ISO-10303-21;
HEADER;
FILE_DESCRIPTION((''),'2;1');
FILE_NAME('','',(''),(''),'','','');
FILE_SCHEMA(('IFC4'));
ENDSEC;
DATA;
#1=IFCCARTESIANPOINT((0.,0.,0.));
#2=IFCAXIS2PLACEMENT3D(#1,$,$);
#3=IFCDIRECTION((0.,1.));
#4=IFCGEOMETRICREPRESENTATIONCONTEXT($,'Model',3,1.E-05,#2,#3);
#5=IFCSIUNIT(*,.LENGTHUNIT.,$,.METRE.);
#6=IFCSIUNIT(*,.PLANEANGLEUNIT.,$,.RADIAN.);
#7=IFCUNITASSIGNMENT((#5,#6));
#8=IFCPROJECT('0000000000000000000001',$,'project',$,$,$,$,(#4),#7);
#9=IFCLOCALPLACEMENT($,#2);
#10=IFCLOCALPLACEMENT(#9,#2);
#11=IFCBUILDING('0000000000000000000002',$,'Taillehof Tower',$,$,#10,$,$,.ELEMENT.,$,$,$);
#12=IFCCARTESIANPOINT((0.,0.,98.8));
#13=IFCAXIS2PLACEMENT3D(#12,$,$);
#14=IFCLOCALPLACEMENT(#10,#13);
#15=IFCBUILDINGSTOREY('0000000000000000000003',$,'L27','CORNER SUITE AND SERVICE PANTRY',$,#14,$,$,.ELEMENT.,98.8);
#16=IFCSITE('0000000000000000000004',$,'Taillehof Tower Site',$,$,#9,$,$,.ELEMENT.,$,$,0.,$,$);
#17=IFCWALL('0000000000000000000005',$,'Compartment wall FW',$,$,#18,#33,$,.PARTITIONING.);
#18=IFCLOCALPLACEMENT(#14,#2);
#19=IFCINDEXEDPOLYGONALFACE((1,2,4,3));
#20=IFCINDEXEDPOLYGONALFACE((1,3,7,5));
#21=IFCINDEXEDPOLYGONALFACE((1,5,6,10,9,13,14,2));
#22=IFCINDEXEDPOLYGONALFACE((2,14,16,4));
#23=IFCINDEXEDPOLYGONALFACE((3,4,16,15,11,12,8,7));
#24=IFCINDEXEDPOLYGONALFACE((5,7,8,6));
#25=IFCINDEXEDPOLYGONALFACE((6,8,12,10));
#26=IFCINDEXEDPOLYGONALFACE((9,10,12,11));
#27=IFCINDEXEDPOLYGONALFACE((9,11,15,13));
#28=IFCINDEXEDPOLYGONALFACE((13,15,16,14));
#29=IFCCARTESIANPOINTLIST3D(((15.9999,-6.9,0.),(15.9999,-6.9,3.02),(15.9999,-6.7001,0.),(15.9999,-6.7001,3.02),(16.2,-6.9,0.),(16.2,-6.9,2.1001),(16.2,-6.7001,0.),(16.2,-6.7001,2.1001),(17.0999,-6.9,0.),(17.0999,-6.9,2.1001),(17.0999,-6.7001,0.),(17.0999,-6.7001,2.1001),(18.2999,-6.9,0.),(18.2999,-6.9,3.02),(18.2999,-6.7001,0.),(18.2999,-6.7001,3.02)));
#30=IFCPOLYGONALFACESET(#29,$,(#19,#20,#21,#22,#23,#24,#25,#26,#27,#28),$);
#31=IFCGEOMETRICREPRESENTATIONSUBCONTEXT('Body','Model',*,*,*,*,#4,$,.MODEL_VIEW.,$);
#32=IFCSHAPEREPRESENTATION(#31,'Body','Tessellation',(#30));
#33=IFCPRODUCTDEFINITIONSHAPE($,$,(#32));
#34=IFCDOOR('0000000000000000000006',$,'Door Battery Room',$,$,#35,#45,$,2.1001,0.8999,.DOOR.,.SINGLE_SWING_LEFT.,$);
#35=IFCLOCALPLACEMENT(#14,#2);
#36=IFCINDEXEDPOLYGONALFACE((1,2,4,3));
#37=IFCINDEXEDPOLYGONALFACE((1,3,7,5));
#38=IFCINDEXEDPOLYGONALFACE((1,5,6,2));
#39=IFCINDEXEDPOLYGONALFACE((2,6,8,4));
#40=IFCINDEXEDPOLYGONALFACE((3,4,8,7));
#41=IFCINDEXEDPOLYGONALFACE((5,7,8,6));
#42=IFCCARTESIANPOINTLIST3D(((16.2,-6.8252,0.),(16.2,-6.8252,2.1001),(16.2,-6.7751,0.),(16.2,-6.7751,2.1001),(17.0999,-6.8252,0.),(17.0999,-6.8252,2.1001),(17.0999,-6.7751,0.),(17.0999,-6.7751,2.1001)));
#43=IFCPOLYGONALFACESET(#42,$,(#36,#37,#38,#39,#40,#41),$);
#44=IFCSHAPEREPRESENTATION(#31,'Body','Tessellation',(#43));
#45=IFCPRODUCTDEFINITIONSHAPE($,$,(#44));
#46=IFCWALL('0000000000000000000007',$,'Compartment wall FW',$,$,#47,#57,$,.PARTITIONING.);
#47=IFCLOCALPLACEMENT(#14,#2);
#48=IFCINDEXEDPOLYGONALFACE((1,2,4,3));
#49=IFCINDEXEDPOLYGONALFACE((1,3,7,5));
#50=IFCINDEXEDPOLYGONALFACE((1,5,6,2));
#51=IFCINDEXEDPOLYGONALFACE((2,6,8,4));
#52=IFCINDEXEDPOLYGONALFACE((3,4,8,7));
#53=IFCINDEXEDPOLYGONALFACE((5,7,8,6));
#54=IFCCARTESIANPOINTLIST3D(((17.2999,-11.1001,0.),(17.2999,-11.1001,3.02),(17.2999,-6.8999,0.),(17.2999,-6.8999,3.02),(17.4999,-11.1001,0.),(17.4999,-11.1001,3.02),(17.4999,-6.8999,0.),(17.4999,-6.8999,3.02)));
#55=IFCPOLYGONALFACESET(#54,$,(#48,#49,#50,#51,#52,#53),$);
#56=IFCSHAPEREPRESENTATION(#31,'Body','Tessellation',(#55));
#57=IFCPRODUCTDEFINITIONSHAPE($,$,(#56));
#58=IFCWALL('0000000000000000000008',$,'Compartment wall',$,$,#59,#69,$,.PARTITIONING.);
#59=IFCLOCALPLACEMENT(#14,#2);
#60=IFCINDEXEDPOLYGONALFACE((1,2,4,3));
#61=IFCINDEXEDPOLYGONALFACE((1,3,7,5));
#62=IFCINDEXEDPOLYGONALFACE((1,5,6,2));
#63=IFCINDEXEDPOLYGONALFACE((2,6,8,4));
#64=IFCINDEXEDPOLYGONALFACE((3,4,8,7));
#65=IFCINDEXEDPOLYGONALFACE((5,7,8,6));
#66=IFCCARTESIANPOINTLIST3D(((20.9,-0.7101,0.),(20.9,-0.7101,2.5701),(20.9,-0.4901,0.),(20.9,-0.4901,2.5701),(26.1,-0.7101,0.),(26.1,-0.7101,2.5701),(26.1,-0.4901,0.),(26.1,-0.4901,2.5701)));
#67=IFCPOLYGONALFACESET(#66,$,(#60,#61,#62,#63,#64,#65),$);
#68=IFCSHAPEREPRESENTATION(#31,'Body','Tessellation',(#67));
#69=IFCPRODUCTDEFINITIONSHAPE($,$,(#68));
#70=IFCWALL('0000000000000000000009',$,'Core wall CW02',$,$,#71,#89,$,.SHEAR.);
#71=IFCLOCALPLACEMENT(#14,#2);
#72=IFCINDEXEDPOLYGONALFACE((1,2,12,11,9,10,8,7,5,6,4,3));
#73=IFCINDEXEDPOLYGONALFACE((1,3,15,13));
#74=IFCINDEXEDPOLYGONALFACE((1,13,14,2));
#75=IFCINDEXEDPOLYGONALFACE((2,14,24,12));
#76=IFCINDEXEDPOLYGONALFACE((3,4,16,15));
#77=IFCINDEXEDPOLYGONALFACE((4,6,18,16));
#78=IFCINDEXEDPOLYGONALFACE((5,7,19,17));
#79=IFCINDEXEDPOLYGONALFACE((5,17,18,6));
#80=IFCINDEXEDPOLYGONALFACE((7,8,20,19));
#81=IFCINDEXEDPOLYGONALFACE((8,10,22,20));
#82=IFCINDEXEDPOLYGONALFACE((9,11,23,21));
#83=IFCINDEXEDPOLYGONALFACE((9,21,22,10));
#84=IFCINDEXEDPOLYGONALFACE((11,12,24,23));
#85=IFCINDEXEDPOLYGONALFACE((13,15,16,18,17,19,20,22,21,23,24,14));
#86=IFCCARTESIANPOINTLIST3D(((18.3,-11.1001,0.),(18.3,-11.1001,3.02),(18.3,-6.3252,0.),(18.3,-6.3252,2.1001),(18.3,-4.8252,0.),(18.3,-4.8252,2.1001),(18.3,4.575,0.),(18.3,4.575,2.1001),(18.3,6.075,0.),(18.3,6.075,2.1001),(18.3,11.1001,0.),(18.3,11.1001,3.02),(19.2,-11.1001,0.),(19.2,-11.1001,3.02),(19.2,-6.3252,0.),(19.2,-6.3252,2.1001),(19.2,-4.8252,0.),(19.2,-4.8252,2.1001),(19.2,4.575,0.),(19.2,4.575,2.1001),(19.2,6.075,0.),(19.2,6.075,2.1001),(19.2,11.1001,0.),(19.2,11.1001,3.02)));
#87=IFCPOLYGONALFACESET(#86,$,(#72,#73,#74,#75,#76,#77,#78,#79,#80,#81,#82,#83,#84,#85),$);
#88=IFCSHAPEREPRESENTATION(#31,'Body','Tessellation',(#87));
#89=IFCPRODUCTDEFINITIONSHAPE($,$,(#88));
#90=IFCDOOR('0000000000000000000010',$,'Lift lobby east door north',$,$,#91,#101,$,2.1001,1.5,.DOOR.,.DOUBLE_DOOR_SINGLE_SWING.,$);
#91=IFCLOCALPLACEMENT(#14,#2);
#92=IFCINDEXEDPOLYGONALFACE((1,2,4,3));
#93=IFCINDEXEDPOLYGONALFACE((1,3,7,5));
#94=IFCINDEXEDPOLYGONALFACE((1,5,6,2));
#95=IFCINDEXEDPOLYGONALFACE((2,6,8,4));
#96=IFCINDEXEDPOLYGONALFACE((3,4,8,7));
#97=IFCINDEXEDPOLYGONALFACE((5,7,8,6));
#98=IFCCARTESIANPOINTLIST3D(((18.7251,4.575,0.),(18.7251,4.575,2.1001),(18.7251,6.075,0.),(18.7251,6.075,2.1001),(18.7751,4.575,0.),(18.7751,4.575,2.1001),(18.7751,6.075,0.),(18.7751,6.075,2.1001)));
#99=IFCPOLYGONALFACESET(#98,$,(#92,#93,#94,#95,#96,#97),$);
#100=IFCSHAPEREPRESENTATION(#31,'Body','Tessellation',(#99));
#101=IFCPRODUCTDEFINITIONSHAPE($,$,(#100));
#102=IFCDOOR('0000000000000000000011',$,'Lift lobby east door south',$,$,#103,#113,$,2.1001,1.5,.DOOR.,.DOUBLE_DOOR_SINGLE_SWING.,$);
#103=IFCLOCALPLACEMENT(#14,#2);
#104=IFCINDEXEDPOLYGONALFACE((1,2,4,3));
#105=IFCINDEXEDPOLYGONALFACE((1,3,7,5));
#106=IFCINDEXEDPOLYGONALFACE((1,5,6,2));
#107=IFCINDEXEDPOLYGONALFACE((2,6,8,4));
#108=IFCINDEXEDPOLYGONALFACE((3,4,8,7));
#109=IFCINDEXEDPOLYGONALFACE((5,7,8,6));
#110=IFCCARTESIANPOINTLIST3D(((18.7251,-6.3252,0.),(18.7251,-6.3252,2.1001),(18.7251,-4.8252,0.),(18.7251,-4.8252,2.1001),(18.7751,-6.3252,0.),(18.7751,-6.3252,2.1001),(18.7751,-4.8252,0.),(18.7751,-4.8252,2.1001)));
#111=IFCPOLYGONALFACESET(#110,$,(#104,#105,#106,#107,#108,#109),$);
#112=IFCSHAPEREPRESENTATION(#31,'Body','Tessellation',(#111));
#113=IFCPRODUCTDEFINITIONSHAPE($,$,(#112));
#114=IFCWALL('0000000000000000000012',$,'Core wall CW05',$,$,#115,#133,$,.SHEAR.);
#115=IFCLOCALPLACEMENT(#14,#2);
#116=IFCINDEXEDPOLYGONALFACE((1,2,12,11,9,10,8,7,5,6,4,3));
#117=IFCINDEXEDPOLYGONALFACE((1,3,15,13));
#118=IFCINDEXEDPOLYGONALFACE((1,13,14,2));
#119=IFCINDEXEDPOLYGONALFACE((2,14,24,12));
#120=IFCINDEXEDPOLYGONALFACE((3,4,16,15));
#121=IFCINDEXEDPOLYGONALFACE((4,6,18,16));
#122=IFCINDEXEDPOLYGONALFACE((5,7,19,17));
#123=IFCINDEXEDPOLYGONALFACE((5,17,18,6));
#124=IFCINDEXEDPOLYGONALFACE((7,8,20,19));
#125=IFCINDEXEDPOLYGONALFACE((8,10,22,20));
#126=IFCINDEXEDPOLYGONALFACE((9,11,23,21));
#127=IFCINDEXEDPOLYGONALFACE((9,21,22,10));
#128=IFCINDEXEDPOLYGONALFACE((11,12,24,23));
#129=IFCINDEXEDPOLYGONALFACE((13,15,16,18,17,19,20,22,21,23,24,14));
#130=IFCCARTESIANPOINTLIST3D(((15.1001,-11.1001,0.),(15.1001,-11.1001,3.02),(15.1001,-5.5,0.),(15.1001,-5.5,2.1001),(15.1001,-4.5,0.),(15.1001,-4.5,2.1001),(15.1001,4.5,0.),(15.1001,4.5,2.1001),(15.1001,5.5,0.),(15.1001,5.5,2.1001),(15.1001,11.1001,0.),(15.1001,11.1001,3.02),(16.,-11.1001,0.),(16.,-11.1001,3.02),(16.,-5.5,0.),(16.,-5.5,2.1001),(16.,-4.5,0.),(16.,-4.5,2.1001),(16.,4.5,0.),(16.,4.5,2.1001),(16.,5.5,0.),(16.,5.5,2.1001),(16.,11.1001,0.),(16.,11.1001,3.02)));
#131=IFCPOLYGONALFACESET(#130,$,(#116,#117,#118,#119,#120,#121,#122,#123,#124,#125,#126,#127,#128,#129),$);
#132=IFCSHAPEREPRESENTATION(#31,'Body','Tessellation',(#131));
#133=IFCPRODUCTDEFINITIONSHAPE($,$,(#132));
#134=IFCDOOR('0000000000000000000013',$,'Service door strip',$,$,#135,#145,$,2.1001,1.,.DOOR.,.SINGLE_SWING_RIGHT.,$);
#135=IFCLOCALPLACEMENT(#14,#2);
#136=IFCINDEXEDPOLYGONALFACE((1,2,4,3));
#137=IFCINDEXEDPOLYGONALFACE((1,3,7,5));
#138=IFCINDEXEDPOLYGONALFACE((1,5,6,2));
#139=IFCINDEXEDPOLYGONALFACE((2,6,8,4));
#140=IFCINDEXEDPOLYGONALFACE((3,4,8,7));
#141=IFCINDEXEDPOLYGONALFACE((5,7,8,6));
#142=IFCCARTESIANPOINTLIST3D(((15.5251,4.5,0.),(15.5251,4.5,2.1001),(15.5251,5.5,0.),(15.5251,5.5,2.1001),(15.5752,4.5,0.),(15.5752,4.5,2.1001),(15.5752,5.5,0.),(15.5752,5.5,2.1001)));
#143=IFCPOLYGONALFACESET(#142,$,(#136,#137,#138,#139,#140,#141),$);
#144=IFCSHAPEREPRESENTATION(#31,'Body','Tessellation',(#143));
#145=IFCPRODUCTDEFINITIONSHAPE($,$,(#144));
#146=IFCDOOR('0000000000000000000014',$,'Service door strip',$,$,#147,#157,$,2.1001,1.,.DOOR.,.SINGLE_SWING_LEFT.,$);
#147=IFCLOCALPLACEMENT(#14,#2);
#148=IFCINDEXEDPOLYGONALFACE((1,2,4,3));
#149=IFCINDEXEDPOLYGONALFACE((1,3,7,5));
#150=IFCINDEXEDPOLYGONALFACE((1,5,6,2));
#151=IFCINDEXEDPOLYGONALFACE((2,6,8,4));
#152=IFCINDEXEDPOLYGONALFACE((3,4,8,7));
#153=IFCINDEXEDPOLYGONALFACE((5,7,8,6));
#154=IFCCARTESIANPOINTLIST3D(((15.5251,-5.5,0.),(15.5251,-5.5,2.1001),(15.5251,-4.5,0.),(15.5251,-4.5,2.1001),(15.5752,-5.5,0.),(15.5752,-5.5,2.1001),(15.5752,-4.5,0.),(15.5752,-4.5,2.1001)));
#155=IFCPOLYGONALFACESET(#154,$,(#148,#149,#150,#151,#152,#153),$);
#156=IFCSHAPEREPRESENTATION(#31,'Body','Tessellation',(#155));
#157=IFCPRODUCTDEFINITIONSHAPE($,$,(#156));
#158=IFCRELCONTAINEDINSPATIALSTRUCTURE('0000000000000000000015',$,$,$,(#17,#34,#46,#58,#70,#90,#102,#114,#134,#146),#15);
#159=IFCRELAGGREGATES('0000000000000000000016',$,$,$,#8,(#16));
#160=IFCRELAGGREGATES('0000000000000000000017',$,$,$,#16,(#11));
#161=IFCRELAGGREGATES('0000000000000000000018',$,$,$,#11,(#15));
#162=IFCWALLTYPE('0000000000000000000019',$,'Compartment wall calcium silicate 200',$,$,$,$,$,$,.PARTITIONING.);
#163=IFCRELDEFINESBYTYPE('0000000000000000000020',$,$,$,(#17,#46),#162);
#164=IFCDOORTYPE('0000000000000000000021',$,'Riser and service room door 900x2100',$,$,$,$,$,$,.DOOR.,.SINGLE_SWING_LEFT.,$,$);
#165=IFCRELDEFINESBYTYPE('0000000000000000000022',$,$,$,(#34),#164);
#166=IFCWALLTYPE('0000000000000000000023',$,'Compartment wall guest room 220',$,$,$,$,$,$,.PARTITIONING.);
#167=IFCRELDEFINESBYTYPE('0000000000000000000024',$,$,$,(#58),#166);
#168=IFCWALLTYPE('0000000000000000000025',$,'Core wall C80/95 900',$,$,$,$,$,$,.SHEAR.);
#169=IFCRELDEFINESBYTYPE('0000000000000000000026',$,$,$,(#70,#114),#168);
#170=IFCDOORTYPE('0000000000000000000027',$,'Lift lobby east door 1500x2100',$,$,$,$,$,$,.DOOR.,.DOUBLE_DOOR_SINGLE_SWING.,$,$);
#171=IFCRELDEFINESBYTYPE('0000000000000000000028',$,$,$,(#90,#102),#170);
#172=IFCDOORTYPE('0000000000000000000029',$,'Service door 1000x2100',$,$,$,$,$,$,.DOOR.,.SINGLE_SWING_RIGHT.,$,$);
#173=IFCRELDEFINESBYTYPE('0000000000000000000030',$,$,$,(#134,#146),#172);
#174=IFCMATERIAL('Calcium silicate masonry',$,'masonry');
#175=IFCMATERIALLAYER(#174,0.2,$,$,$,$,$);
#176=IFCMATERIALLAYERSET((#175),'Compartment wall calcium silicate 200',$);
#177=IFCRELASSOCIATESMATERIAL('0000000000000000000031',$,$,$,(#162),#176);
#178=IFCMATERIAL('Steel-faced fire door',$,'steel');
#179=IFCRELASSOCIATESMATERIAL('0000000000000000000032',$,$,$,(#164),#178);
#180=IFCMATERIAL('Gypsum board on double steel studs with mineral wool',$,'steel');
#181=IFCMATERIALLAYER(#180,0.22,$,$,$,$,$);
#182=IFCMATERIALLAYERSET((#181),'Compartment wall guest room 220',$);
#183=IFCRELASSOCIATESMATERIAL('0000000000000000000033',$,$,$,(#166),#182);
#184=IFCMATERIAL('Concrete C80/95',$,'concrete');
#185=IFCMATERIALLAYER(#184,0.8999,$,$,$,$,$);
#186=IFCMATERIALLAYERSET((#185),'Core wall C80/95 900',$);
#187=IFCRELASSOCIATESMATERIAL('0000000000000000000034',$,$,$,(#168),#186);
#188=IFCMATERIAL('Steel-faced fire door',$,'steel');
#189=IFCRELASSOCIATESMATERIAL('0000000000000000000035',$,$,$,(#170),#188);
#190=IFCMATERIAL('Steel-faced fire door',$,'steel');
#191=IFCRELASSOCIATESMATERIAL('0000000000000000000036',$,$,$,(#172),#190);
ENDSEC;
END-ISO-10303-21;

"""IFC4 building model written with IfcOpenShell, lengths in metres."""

from ifc_helpers import new_model, si_unit, direction, frame, frame_2d, origin, place, context, subcontext, project, spatial, rectangle, extrude, material, layer, layer_set, type_object, element, fill, save


model = new_model("IFC4")

# Units and contexts
model_context = context("Model", 3, precision=1e-05, world=origin(), true_north=direction((0.0, 1.0)))
body_context = subcontext(model_context, "Body", "Model", "MODEL_VIEW")
ifc_project = project(units=[si_unit("LENGTHUNIT", "METRE"), si_unit("PLANEANGLEUNIT", "RADIAN")], contexts=[model_context])

# Site, building, storey
site_placement = place(None, origin())
site = spatial("IfcSite", under=ifc_project, at=site_placement, Name="Taillehof Tower Site", CompositionType="ELEMENT", RefElevation=0.0)
building_placement = place(site_placement, origin())
building = spatial("IfcBuilding", under=site, at=building_placement, Name="Taillehof Tower", CompositionType="ELEMENT")
storey_placement = place(building_placement, frame((0.0, 0.0, 98.8)))
storey = spatial("IfcBuildingStorey", under=building, at=storey_placement, Name="L27", Description="CORNER SUITE AND SERVICE PANTRY", CompositionType="ELEMENT", Elevation=98.8)

# Shared definitions
ifc_material_1 = material(Name="Calcium silicate masonry", Category="masonry")
ifc_layer_1 = layer(ifc_material_1, 0.2)
ifc_layer_set_1 = layer_set([ifc_layer_1], Name="Compartment wall calcium silicate 200")
wall_type_1 = type_object("IfcWallType", Name="Compartment wall calcium silicate 200", PredefinedType="PARTITIONING", material=ifc_layer_set_1)

# Wall, opening, door
wall_1_placement = place(storey_placement, frame((16.0, -6.8, 0.0), z_axis=(0.0, 0.0, 1.0), x_axis=(1.0, 0.0, 0.0)))
wall_1 = element("IfcWall", 1, at=wall_1_placement, inside=storey, type_object=wall_type_1, Name="Compartment wall FW", PredefinedType="PARTITIONING", context=body_context, shape_type="SweptSolid", body=[
    extrude(rectangle(XDim=2.3, YDim=0.2, at=frame_2d((1.1499, 0.0))), origin(), (0.0, 0.0, 1.0), 3.02),
])
opening_1_placement = place(wall_1_placement, frame((0.2, 0.0, 0.0)))
opening_1 = element("IfcOpeningElement", 2, at=opening_1_placement, cuts=wall_1, PredefinedType="OPENING", context=body_context, shape_type="SweptSolid", body=[
    extrude(rectangle(XDim=0.8999, YDim=2.1001, at=frame_2d((0.45, 1.05))), frame((0.0, 0.1099, 0.0), z_axis=(0.0, -1.0, 0.0), x_axis=(1.0, 0.0, 0.0)), (0.0, 0.0, 1.0), 0.22),
])
ifc_material_2 = material(Name="Steel-faced fire door", Category="steel")
door_type_1 = type_object("IfcDoorType", Name="Riser and service room door 900x2100", OperationType="SINGLE_SWING_LEFT", PredefinedType="DOOR", material=ifc_material_2)
door_1_placement = place(opening_1_placement, origin())
door_1 = element("IfcDoor", 3, at=door_1_placement, inside=storey, type_object=door_type_1, Name="Door Battery Room", OperationType="SINGLE_SWING_LEFT", OverallHeight=2.1001, OverallWidth=0.8999, PredefinedType="DOOR", context=body_context, shape_type="SweptSolid", body=[
    extrude(rectangle(XDim=0.8999, YDim=2.1001, at=frame_2d((0.45, 1.05))), frame((0.0, 0.0249, 0.0), z_axis=(0.0, -1.0, 0.0), x_axis=(1.0, 0.0, 0.0)), (0.0, 0.0, 1.0), 0.05),
])
fill(opening_1, door_1)

# Walls
wall_2_placement = place(storey_placement, frame((17.3999, -11.1001, 0.0), z_axis=(0.0, 0.0, 1.0), x_axis=(0.0, 1.0, 0.0)))
element("IfcWall", 4, at=wall_2_placement, inside=storey, type_object=wall_type_1, Name="Compartment wall FW", PredefinedType="PARTITIONING", context=body_context, shape_type="SweptSolid", body=[
    extrude(rectangle(XDim=4.2002, YDim=0.2, at=frame_2d((2.1001, 0.0))), origin(), (0.0, 0.0, 1.0), 3.02),
])
ifc_material_3 = material(Name="Gypsum board on double steel studs with mineral wool", Category="steel")
ifc_layer_2 = layer(ifc_material_3, 0.22)
ifc_layer_set_2 = layer_set([ifc_layer_2], Name="Compartment wall guest room 220")
wall_type_2 = type_object("IfcWallType", Name="Compartment wall guest room 220", PredefinedType="PARTITIONING", material=ifc_layer_set_2)
wall_3_placement = place(storey_placement, frame((26.1001, -0.6001, 0.0), z_axis=(0.0, 0.0, 1.0), x_axis=(-1.0, 0.0, 0.0)))
element("IfcWall", 5, at=wall_3_placement, inside=storey, type_object=wall_type_2, Name="Compartment wall", PredefinedType="PARTITIONING", context=body_context, shape_type="SweptSolid", body=[
    extrude(rectangle(XDim=5.2, YDim=0.22, at=frame_2d((2.6001, 0.0))), origin(), (0.0, 0.0, 1.0), 2.5701),
])

# Walls, openings, doors
ifc_material_4 = material(Name="Concrete C80/95", Category="concrete")
ifc_layer_3 = layer(ifc_material_4, 0.8999)
ifc_layer_set_3 = layer_set([ifc_layer_3], Name="Core wall C80/95 900")
wall_type_3 = type_object("IfcWallType", Name="Core wall C80/95 900", PredefinedType="SHEAR", material=ifc_layer_set_3)
wall_4_placement = place(storey_placement, frame((18.75, -11.1001, 0.0), z_axis=(0.0, 0.0, 1.0), x_axis=(0.0, 1.0, 0.0)))
wall_4 = element("IfcWall", 6, at=wall_4_placement, inside=storey, type_object=wall_type_3, Name="Core wall CW02", PredefinedType="SHEAR", context=body_context, shape_type="SweptSolid", body=[
    extrude(rectangle(XDim=22.2002, YDim=0.8999, at=frame_2d((11.1001, 0.0))), origin(), (0.0, 0.0, 1.0), 3.02),
])
opening_2_placement = place(wall_4_placement, frame((15.675, 0.0, 0.0)))
opening_2 = element("IfcOpeningElement", 7, at=opening_2_placement, cuts=wall_4, PredefinedType="OPENING", context=body_context, shape_type="SweptSolid", body=[
    extrude(rectangle(XDim=1.5, YDim=2.1001, at=frame_2d((0.75, 1.05))), frame((0.0, 0.46, 0.0), z_axis=(0.0, -1.0, 0.0), x_axis=(1.0, 0.0, 0.0)), (0.0, 0.0, 1.0), 0.9199),
])
opening_3_placement = place(wall_4_placement, frame((4.7749, 0.0, 0.0)))
opening_3 = element("IfcOpeningElement", 8, at=opening_3_placement, cuts=wall_4, PredefinedType="OPENING", context=body_context, shape_type="SweptSolid", body=[
    extrude(rectangle(XDim=1.5, YDim=2.1001, at=frame_2d((0.75, 1.05))), frame((0.0, 0.46, 0.0), z_axis=(0.0, -1.0, 0.0), x_axis=(1.0, 0.0, 0.0)), (0.0, 0.0, 1.0), 0.9199),
])
ifc_material_5 = material(Name="Steel-faced fire door", Category="steel")
door_type_2 = type_object("IfcDoorType", Name="Lift lobby east door 1500x2100", OperationType="DOUBLE_DOOR_SINGLE_SWING", PredefinedType="DOOR", material=ifc_material_5)
door_2_placement = place(opening_2_placement, origin())
door_2 = element("IfcDoor", 9, at=door_2_placement, inside=storey, type_object=door_type_2, Name="Lift lobby east door north", OperationType="DOUBLE_DOOR_SINGLE_SWING", OverallHeight=2.1001, OverallWidth=1.5, PredefinedType="DOOR", context=body_context, shape_type="SweptSolid", body=[
    extrude(rectangle(XDim=1.5, YDim=2.1001, at=frame_2d((0.75, 1.05))), frame((0.0, 0.0249, 0.0), z_axis=(0.0, -1.0, 0.0), x_axis=(1.0, 0.0, 0.0)), (0.0, 0.0, 1.0), 0.05),
])
fill(opening_2, door_2)
door_3_placement = place(opening_3_placement, origin())
door_3 = element("IfcDoor", 10, at=door_3_placement, inside=storey, type_object=door_type_2, Name="Lift lobby east door south", OperationType="DOUBLE_DOOR_SINGLE_SWING", OverallHeight=2.1001, OverallWidth=1.5, PredefinedType="DOOR", context=body_context, shape_type="SweptSolid", body=[
    extrude(rectangle(XDim=1.5, YDim=2.1001, at=frame_2d((0.75, 1.05))), frame((0.0, 0.0249, 0.0), z_axis=(0.0, -1.0, 0.0), x_axis=(1.0, 0.0, 0.0)), (0.0, 0.0, 1.0), 0.05),
])
fill(opening_3, door_3)
wall_5_placement = place(storey_placement, frame((15.55, -11.1001, 0.0), z_axis=(0.0, 0.0, 1.0), x_axis=(0.0, 1.0, 0.0)))
wall_5 = element("IfcWall", 11, at=wall_5_placement, inside=storey, type_object=wall_type_3, Name="Core wall CW05", PredefinedType="SHEAR", context=body_context, shape_type="SweptSolid", body=[
    extrude(rectangle(XDim=22.2002, YDim=0.8999, at=frame_2d((11.1001, 0.0))), origin(), (0.0, 0.0, 1.0), 3.02),
])
opening_4_placement = place(wall_5_placement, frame((15.6001, 0.0, 0.0)))
opening_4 = element("IfcOpeningElement", 12, at=opening_4_placement, cuts=wall_5, PredefinedType="OPENING", context=body_context, shape_type="SweptSolid", body=[
    extrude(rectangle(XDim=1.0, YDim=2.1001, at=frame_2d((0.5, 1.05))), frame((0.0, 0.46, 0.0), z_axis=(0.0, -1.0, 0.0), x_axis=(1.0, 0.0, 0.0)), (0.0, 0.0, 1.0), 0.9199),
])
opening_5_placement = place(wall_5_placement, frame((5.6001, 0.0, 0.0)))
opening_5 = element("IfcOpeningElement", 13, at=opening_5_placement, cuts=wall_5, PredefinedType="OPENING", context=body_context, shape_type="SweptSolid", body=[
    extrude(rectangle(XDim=1.0, YDim=2.1001, at=frame_2d((0.5, 1.05))), frame((0.0, 0.46, 0.0), z_axis=(0.0, -1.0, 0.0), x_axis=(1.0, 0.0, 0.0)), (0.0, 0.0, 1.0), 0.9199),
])
ifc_material_6 = material(Name="Steel-faced fire door", Category="steel")
door_type_3 = type_object("IfcDoorType", Name="Service door 1000x2100", OperationType="SINGLE_SWING_RIGHT", PredefinedType="DOOR", material=ifc_material_6)
door_4_placement = place(opening_4_placement, origin())
door_4 = element("IfcDoor", 14, at=door_4_placement, inside=storey, type_object=door_type_3, Name="Service door strip", OperationType="SINGLE_SWING_RIGHT", OverallHeight=2.1001, OverallWidth=1.0, PredefinedType="DOOR", context=body_context, shape_type="SweptSolid", body=[
    extrude(rectangle(XDim=1.0, YDim=2.1001, at=frame_2d((0.5, 1.05))), frame((0.0, 0.0249, 0.0), z_axis=(0.0, -1.0, 0.0), x_axis=(1.0, 0.0, 0.0)), (0.0, 0.0, 1.0), 0.05),
])
fill(opening_4, door_4)
door_5_placement = place(opening_5_placement, origin())
door_5 = element("IfcDoor", 15, at=door_5_placement, inside=storey, type_object=door_type_3, Name="Service door strip", OperationType="SINGLE_SWING_LEFT", OverallHeight=2.1001, OverallWidth=1.0, PredefinedType="DOOR", context=body_context, shape_type="SweptSolid", body=[
    extrude(rectangle(XDim=1.0, YDim=2.1001, at=frame_2d((0.5, 1.05))), frame((0.0, 0.0249, 0.0), z_axis=(0.0, -1.0, 0.0), x_axis=(1.0, 0.0, 0.0)), (0.0, 0.0, 1.0), 0.05),
])
fill(opening_5, door_5)

save(model, "model.ifc")
